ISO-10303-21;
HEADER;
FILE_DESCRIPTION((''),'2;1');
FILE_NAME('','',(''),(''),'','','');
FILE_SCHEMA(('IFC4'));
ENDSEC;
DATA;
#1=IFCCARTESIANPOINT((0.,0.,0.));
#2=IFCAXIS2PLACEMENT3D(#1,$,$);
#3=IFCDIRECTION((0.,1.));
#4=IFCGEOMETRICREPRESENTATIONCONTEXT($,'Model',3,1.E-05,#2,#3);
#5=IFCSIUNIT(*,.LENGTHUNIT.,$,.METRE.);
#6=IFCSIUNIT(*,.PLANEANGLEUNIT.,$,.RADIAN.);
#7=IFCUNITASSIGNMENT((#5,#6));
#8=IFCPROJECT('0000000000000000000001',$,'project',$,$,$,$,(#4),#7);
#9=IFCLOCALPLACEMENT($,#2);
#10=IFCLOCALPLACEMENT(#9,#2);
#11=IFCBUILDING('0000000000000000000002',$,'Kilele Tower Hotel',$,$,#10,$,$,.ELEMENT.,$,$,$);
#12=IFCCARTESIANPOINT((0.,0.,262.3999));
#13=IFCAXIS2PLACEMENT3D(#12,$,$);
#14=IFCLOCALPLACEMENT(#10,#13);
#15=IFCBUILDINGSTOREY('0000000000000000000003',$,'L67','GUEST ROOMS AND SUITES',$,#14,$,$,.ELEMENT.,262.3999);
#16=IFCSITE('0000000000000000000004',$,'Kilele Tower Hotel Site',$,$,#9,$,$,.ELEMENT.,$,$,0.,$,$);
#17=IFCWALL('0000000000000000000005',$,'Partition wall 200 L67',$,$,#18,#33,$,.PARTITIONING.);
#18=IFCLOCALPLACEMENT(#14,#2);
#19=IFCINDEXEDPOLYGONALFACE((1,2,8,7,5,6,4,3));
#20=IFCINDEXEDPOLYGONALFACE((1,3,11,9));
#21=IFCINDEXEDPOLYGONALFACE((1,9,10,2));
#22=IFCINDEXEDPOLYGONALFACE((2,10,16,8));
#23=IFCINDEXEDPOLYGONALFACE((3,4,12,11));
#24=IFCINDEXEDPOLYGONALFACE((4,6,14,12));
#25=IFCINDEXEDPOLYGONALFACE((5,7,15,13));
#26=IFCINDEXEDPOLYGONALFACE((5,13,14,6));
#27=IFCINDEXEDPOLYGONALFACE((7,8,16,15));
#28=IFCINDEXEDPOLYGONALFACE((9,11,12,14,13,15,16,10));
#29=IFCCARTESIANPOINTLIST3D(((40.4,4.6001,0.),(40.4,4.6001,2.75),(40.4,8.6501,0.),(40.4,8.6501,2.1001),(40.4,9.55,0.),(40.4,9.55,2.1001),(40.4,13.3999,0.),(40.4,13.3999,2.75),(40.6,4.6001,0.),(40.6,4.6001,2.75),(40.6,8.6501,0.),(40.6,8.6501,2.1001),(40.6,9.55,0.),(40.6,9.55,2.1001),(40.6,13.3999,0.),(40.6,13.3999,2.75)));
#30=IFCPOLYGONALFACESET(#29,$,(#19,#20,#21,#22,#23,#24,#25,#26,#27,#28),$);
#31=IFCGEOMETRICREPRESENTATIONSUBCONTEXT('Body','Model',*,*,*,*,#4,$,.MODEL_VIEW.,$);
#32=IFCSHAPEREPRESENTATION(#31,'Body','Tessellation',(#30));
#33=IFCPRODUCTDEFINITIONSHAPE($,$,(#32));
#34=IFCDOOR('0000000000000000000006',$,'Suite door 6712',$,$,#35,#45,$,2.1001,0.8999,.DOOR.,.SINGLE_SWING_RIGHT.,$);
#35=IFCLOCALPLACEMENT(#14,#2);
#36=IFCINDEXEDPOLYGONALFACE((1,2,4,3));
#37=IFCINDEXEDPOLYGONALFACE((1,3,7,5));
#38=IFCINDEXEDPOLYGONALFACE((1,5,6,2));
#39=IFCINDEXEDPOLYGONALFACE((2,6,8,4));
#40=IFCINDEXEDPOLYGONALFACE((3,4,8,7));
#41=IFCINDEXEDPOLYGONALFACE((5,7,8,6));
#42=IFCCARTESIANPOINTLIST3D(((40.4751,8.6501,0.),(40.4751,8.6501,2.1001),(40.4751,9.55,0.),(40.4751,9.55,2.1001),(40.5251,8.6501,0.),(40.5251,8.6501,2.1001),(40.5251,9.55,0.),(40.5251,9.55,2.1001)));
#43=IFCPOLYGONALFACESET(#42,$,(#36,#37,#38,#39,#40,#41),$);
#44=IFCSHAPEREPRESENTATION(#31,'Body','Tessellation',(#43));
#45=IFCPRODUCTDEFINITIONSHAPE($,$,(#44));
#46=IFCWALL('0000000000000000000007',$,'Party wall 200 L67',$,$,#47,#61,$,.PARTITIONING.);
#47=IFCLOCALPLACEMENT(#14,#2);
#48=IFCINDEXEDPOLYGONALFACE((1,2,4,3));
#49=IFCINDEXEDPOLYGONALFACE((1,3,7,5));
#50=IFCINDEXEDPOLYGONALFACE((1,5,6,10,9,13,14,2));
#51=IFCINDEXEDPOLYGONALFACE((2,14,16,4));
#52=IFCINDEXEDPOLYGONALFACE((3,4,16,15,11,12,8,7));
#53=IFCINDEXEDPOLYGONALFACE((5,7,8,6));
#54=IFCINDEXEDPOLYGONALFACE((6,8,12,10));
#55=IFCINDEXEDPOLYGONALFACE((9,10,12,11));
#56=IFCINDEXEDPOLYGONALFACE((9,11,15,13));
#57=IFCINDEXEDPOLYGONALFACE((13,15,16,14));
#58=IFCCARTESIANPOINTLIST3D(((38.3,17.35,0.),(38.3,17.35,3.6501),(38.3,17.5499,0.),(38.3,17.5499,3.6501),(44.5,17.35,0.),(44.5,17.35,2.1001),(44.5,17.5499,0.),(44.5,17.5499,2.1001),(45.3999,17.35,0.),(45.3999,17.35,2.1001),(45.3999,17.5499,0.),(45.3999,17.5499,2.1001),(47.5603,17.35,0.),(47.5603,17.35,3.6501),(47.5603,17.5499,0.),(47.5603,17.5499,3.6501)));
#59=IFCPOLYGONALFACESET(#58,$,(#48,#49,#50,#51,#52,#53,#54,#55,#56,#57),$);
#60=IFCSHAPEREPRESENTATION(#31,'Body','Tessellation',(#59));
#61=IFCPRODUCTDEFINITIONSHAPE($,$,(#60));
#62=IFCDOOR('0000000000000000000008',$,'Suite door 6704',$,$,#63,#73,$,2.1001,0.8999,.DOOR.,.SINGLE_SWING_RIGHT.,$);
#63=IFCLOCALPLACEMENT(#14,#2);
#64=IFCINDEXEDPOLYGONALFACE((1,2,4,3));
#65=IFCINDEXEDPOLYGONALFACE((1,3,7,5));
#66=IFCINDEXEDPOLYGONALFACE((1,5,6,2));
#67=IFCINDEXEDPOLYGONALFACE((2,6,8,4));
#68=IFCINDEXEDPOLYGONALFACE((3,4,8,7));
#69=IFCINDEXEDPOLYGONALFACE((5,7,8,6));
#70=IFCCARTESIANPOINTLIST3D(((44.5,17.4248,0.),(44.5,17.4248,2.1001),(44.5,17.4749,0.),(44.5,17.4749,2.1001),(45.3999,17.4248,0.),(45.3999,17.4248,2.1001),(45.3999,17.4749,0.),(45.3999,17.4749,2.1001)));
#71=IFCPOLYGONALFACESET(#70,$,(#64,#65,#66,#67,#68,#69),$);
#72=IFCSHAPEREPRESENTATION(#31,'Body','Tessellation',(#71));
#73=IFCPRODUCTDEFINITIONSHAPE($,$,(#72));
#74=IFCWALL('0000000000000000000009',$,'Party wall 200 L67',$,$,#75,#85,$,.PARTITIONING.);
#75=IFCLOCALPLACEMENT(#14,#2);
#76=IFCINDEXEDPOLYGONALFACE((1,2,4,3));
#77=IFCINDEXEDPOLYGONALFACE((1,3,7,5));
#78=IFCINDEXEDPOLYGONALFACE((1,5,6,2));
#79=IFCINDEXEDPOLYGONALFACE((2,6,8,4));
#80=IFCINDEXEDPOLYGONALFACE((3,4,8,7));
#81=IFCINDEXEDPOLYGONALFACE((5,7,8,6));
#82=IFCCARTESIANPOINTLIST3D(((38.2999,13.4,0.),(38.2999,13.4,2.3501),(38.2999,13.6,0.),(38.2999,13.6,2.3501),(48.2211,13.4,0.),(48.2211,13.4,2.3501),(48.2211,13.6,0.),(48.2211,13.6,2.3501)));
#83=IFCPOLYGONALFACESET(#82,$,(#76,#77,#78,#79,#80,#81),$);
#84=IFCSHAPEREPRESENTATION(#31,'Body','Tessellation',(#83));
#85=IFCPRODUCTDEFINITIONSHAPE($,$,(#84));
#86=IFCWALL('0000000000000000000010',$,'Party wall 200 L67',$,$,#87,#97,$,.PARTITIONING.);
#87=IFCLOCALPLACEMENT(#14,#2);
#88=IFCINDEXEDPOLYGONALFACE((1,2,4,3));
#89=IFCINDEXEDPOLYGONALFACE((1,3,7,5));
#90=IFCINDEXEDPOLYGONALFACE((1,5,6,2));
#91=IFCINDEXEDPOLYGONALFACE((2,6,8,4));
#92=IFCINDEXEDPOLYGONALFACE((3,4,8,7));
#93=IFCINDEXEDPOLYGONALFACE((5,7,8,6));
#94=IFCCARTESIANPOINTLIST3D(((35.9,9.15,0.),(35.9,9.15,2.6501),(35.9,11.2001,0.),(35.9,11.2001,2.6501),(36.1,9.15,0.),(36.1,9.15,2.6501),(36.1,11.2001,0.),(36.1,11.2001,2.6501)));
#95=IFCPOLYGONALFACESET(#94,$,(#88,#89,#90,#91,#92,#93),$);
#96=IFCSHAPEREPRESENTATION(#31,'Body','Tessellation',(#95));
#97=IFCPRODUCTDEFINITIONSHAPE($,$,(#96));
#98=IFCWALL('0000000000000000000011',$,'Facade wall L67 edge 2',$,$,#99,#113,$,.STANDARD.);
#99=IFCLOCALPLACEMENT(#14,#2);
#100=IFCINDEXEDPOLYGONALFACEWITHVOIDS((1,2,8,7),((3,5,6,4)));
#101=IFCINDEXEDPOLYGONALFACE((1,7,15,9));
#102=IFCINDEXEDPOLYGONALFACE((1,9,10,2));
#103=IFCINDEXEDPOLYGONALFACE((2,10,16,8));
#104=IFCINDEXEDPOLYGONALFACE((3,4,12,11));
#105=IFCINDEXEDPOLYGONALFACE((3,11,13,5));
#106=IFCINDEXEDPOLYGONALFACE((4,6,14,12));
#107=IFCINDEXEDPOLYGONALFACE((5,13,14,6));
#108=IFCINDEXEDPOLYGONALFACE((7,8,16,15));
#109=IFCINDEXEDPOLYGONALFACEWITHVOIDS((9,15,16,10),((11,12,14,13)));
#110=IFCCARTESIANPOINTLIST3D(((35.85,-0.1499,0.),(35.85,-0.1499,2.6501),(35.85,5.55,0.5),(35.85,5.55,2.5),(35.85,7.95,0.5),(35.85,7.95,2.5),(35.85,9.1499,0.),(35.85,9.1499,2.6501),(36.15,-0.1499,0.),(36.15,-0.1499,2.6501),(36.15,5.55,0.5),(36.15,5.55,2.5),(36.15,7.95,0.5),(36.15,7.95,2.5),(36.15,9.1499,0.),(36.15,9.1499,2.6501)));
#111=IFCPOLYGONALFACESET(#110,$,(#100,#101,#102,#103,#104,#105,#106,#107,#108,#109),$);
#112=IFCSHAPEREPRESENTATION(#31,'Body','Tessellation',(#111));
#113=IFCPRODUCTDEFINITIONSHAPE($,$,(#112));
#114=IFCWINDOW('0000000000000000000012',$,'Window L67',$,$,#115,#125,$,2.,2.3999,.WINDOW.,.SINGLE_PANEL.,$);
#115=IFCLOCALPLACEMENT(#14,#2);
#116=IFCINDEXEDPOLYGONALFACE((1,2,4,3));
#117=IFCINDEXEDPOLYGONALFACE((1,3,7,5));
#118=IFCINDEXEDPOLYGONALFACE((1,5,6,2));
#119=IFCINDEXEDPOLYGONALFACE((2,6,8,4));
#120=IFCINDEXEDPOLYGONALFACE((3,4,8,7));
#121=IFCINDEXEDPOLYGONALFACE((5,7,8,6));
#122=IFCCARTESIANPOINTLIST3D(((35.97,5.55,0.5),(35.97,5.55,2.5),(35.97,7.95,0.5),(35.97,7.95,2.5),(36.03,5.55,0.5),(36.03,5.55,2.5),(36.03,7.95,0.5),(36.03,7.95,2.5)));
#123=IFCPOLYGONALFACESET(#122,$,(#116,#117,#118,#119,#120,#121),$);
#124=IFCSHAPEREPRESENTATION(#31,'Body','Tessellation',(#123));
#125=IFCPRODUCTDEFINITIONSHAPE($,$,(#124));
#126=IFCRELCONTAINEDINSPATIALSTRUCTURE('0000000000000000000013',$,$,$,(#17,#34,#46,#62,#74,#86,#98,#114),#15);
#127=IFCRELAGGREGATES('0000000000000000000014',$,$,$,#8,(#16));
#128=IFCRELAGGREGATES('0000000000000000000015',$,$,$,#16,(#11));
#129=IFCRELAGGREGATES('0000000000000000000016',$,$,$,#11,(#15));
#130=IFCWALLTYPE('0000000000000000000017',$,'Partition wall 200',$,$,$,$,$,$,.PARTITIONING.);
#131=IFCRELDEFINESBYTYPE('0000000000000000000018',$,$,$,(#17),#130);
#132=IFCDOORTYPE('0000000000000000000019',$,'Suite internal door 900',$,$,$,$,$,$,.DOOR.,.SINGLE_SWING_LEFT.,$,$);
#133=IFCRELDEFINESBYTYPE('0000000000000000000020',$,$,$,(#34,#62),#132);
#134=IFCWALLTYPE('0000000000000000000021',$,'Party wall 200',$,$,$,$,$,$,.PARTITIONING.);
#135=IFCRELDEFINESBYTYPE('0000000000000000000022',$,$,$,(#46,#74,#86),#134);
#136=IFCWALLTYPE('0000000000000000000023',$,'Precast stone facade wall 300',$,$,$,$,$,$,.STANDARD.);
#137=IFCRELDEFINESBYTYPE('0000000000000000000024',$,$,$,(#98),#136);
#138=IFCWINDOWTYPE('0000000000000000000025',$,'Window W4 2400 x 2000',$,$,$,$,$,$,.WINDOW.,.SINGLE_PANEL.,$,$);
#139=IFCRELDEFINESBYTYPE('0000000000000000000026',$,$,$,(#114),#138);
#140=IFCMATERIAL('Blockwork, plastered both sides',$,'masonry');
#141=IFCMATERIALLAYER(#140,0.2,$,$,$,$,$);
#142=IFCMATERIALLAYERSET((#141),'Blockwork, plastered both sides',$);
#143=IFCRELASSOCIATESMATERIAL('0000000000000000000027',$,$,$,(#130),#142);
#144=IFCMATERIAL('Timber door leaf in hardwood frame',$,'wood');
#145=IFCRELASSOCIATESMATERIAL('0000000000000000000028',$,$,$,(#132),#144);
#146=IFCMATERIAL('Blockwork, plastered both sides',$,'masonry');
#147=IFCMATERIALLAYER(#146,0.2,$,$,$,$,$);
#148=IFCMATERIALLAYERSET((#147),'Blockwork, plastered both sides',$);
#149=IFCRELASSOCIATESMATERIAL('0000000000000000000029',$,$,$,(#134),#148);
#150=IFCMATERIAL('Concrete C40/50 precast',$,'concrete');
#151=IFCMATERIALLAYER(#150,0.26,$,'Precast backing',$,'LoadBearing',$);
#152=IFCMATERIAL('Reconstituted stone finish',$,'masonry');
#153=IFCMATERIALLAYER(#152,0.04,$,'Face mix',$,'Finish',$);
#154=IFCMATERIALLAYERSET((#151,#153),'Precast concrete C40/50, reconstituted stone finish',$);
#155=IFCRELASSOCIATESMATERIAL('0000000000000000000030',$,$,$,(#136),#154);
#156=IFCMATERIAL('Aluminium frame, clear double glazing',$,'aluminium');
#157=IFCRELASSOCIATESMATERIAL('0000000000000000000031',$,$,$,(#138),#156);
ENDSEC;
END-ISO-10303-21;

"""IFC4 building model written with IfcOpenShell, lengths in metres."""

from ifc_helpers import new_model, si_unit, direction, frame, frame_2d, origin, place, context, subcontext, project, spatial, rectangle, extrude, material, layer, layer_set, type_object, element, fill, save


model = new_model("IFC4")

# Units and contexts
model_context = context("Model", 3, precision=1e-05, world=origin(), true_north=direction((0.0, 1.0)))
body_context = subcontext(model_context, "Body", "Model", "MODEL_VIEW")
ifc_project = project(units=[si_unit("LENGTHUNIT", "METRE"), si_unit("PLANEANGLEUNIT", "RADIAN")], contexts=[model_context])

# Site, building, storey
site_placement = place(None, origin())
site = spatial("IfcSite", under=ifc_project, at=site_placement, Name="Kilele Tower Hotel Site", CompositionType="ELEMENT", RefElevation=0.0)
building_placement = place(site_placement, origin())
building = spatial("IfcBuilding", under=site, at=building_placement, Name="Kilele Tower Hotel", CompositionType="ELEMENT")
storey_placement = place(building_placement, frame((0.0, 0.0, 262.3999)))
storey = spatial("IfcBuildingStorey", under=building, at=storey_placement, Name="L67", Description="GUEST ROOMS AND SUITES", CompositionType="ELEMENT", Elevation=262.3999)

# Walls, openings, doors
ifc_material_1 = material(Name="Blockwork, plastered both sides", Category="masonry")
ifc_layer_1 = layer(ifc_material_1, 0.2)
ifc_layer_set_1 = layer_set([ifc_layer_1], Name="Blockwork, plastered both sides")
wall_type_1 = type_object("IfcWallType", Name="Partition wall 200", PredefinedType="PARTITIONING", material=ifc_layer_set_1)
wall_1_placement = place(storey_placement, frame((40.5, 4.6001, 0.0), z_axis=(0.0, 0.0, 1.0), x_axis=(0.0, 1.0, 0.0)))
wall_1 = element("IfcWall", 1, at=wall_1_placement, inside=storey, type_object=wall_type_1, Name="Partition wall 200 L67", PredefinedType="PARTITIONING", context=body_context, shape_type="SweptSolid", body=[
    extrude(rectangle(XDim=8.7998, YDim=0.2, at=frame_2d((4.3999, 0.0))), origin(), (0.0, 0.0, 1.0), 2.75),
])
opening_1_placement = place(wall_1_placement, frame((4.05, 0.0, 0.0)))
opening_1 = element("IfcOpeningElement", 2, at=opening_1_placement, cuts=wall_1, PredefinedType="OPENING", context=body_context, shape_type="SweptSolid", body=[
    extrude(rectangle(XDim=0.8999, YDim=2.1001, at=frame_2d((0.45, 1.05))), frame((0.0, 0.1099, 0.0), z_axis=(0.0, -1.0, 0.0), x_axis=(1.0, 0.0, 0.0)), (0.0, 0.0, 1.0), 0.22),
])
ifc_material_2 = material(Name="Timber door leaf in hardwood frame", Category="wood")
door_type_1 = type_object("IfcDoorType", Name="Suite internal door 900", OperationType="SINGLE_SWING_LEFT", PredefinedType="DOOR", material=ifc_material_2)
door_1_placement = place(opening_1_placement, origin())
door_1 = element("IfcDoor", 3, at=door_1_placement, inside=storey, type_object=door_type_1, Name="Suite door 6712", OperationType="SINGLE_SWING_RIGHT", OverallHeight=2.1001, OverallWidth=0.8999, PredefinedType="DOOR", context=body_context, shape_type="SweptSolid", body=[
    extrude(rectangle(XDim=0.8999, YDim=2.1001, at=frame_2d((0.45, 1.05))), frame((0.0, 0.0249, 0.0), z_axis=(0.0, -1.0, 0.0), x_axis=(1.0, 0.0, 0.0)), (0.0, 0.0, 1.0), 0.05),
])
fill(opening_1, door_1)
ifc_material_3 = material(Name="Blockwork, plastered both sides", Category="masonry")
ifc_layer_2 = layer(ifc_material_3, 0.2)
ifc_layer_set_2 = layer_set([ifc_layer_2], Name="Blockwork, plastered both sides")
wall_type_2 = type_object("IfcWallType", Name="Party wall 200", PredefinedType="PARTITIONING", material=ifc_layer_set_2)
wall_2_placement = place(storey_placement, frame((38.3, 17.45, 0.0), z_axis=(0.0, 0.0, 1.0), x_axis=(1.0, 0.0, 0.0)))
wall_2 = element("IfcWall", 4, at=wall_2_placement, inside=storey, type_object=wall_type_2, Name="Party wall 200 L67", PredefinedType="PARTITIONING", context=body_context, shape_type="SweptSolid", body=[
    extrude(rectangle(XDim=9.2603, YDim=0.2, at=frame_2d((4.6301, 0.0))), origin(), (0.0, 0.0, 1.0), 3.6501),
])
opening_2_placement = place(wall_2_placement, frame((6.2, 0.0, 0.0)))
opening_2 = element("IfcOpeningElement", 5, at=opening_2_placement, cuts=wall_2, PredefinedType="OPENING", context=body_context, shape_type="SweptSolid", body=[
    extrude(rectangle(XDim=0.8999, YDim=2.1001, at=frame_2d((0.45, 1.05))), frame((0.0, 0.1099, 0.0), z_axis=(0.0, -1.0, 0.0), x_axis=(1.0, 0.0, 0.0)), (0.0, 0.0, 1.0), 0.22),
])
door_2_placement = place(opening_2_placement, origin())
door_2 = element("IfcDoor", 6, at=door_2_placement, inside=storey, type_object=door_type_1, Name="Suite door 6704", OperationType="SINGLE_SWING_RIGHT", OverallHeight=2.1001, OverallWidth=0.8999, PredefinedType="DOOR", context=body_context, shape_type="SweptSolid", body=[
    extrude(rectangle(XDim=0.8999, YDim=2.1001, at=frame_2d((0.45, 1.05))), frame((0.0, 0.0249, 0.0), z_axis=(0.0, -1.0, 0.0), x_axis=(1.0, 0.0, 0.0)), (0.0, 0.0, 1.0), 0.05),
])
fill(opening_2, door_2)

# Walls
wall_3_placement = place(storey_placement, frame((38.3, 13.5, 0.0), z_axis=(0.0, 0.0, 1.0), x_axis=(1.0, 0.0, 0.0)))
element("IfcWall", 7, at=wall_3_placement, inside=storey, type_object=wall_type_2, Name="Party wall 200 L67", PredefinedType="PARTITIONING", context=body_context, shape_type="SweptSolid", body=[
    extrude(rectangle(XDim=9.9211, YDim=0.2, at=frame_2d((4.9604, 0.0))), origin(), (0.0, 0.0, 1.0), 2.3501),
])
wall_4_placement = place(storey_placement, frame((36.0, 11.2, 0.0), z_axis=(0.0, 0.0, 1.0), x_axis=(0.0, -1.0, 0.0)))
element("IfcWall", 8, at=wall_4_placement, inside=storey, type_object=wall_type_2, Name="Party wall 200 L67", PredefinedType="PARTITIONING", context=body_context, shape_type="SweptSolid", body=[
    extrude(rectangle(XDim=2.05, YDim=0.2, at=frame_2d((1.0249, 0.0))), origin(), (0.0, 0.0, 1.0), 2.6501),
])

# Wall, opening, window
ifc_material_4 = material(Name="Concrete C40/50 precast", Category="concrete")
ifc_layer_3 = layer(ifc_material_4, 0.26, Name="Precast backing", Category="LoadBearing")
ifc_material_5 = material(Name="Reconstituted stone finish", Category="masonry")
ifc_layer_4 = layer(ifc_material_5, 0.04, Name="Face mix", Category="Finish")
ifc_layer_set_3 = layer_set([ifc_layer_3, ifc_layer_4], Name="Precast concrete C40/50, reconstituted stone finish")
wall_type_3 = type_object("IfcWallType", Name="Precast stone facade wall 300", PredefinedType="STANDARD", material=ifc_layer_set_3)
wall_5_placement = place(storey_placement, frame((36.0, 9.1499, 0.0), z_axis=(0.0, 0.0, 1.0), x_axis=(0.0, -1.0, 0.0)))
wall_5 = element("IfcWall", 9, at=wall_5_placement, inside=storey, type_object=wall_type_3, Name="Facade wall L67 edge 2", PredefinedType="STANDARD", context=body_context, shape_type="SweptSolid", body=[
    extrude(rectangle(XDim=9.2998, YDim=0.3, at=frame_2d((4.6499, 0.0))), origin(), (0.0, 0.0, 1.0), 2.6501),
])
opening_3_placement = place(wall_5_placement, frame((1.2, 0.0, 0.5)))
opening_3 = element("IfcOpeningElement", 10, at=opening_3_placement, cuts=wall_5, PredefinedType="OPENING", context=body_context, shape_type="SweptSolid", body=[
    extrude(rectangle(XDim=2.3999, YDim=2.0, at=frame_2d((1.2, 1.0))), frame((0.0, 0.1599, 0.0), z_axis=(0.0, -1.0, 0.0), x_axis=(1.0, 0.0, 0.0)), (0.0, 0.0, 1.0), 0.3201),
])
ifc_material_6 = material(Name="Aluminium frame, clear double glazing", Category="aluminium")
window_type = type_object("IfcWindowType", Name="Window W4 2400 x 2000", PartitioningType="SINGLE_PANEL", PredefinedType="WINDOW", material=ifc_material_6)
window_placement = place(opening_3_placement, origin())
window = element("IfcWindow", 11, at=window_placement, inside=storey, type_object=window_type, Name="Window L67", OverallHeight=2.0, OverallWidth=2.3999, PartitioningType="SINGLE_PANEL", PredefinedType="WINDOW", context=body_context, shape_type="SweptSolid", body=[
    extrude(rectangle(XDim=2.3999, YDim=2.0, at=frame_2d((1.2, 1.0))), frame((0.0, 0.03, 0.0), z_axis=(0.0, -1.0, 0.0), x_axis=(1.0, 0.0, 0.0)), (0.0, 0.0, 1.0), 0.0601),
])
fill(opening_3, window)

save(model, "model.ifc")
